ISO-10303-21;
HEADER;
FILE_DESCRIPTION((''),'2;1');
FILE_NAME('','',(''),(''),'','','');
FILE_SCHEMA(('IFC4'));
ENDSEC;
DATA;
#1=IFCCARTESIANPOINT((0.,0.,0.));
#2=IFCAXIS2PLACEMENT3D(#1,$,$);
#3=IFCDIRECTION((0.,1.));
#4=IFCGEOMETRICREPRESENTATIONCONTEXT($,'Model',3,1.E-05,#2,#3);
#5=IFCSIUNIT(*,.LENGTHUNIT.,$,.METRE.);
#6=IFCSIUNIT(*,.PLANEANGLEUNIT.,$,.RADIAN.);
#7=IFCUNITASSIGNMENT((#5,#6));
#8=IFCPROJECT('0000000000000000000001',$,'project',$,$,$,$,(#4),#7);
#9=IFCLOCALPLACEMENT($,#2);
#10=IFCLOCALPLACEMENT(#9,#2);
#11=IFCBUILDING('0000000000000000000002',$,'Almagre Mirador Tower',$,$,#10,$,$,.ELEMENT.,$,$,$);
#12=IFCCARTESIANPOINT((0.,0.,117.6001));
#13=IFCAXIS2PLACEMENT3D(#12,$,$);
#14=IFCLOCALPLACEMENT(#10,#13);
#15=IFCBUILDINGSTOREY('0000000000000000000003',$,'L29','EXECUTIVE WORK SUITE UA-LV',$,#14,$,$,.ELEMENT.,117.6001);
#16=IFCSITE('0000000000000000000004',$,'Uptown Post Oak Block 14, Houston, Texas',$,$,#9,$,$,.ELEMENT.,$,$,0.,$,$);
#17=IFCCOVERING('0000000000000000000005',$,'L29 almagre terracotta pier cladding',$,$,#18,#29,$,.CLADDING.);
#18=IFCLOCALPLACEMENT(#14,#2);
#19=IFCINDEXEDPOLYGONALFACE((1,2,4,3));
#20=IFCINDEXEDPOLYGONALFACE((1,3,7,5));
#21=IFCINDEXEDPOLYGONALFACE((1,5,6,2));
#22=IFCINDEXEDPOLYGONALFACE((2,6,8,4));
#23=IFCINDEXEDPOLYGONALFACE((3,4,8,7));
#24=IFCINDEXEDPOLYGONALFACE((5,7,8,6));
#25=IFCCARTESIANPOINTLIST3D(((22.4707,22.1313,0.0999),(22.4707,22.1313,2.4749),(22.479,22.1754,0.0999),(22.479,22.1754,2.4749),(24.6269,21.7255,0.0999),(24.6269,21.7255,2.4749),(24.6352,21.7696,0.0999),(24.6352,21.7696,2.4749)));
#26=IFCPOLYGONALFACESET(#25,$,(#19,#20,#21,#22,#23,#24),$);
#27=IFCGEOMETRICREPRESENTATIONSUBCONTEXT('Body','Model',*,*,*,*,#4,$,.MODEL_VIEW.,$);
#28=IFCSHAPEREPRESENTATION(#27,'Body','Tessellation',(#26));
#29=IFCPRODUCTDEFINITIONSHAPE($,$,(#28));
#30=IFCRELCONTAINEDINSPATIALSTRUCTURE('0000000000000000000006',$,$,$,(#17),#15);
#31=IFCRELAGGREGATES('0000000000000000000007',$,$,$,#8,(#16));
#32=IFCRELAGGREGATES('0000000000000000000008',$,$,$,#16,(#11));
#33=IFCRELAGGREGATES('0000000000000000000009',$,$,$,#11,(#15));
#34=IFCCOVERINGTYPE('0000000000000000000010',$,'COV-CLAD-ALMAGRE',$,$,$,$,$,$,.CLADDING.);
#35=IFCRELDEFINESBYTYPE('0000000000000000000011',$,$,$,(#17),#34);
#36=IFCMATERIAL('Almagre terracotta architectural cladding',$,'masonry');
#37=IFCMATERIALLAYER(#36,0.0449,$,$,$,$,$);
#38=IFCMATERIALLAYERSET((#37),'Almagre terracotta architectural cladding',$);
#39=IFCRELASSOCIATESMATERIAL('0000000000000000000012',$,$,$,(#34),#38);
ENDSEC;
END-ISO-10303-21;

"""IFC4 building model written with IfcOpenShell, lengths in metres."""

from ifc_helpers import new_model, si_unit, direction, frame, origin, origin_2d, place, context, subcontext, project, spatial, rectangle, extrude, material, layer, layer_set, type_object, element, save


model = new_model("IFC4")

# Units and contexts
model_context = context("Model", 3, precision=1e-05, world=origin(), true_north=direction((0.0, 1.0)))
body_context = subcontext(model_context, "Body", "Model", "MODEL_VIEW")
ifc_project = project(units=[si_unit("LENGTHUNIT", "METRE"), si_unit("PLANEANGLEUNIT", "RADIAN")], contexts=[model_context])

# Site, building, storey
site_placement = place(None, origin())
site = spatial("IfcSite", under=ifc_project, at=site_placement, Name="Uptown Post Oak Block 14, Houston, Texas", CompositionType="ELEMENT", RefElevation=0.0)
building_placement = place(site_placement, origin())
building = spatial("IfcBuilding", under=site, at=building_placement, Name="Almagre Mirador Tower", CompositionType="ELEMENT")
storey_placement = place(building_placement, frame((0.0, 0.0, 117.6001)))
storey = spatial("IfcBuildingStorey", under=building, at=storey_placement, Name="L29", Description="EXECUTIVE WORK SUITE UA-LV", CompositionType="ELEMENT", Elevation=117.6001)

# Covering
ifc_material_1 = material(Name="Almagre terracotta architectural cladding", Category="masonry")
ifc_layer_1 = layer(ifc_material_1, 0.0449)
ifc_layer_set_1 = layer_set([ifc_layer_1], Name="Almagre terracotta architectural cladding")
covering_type = type_object("IfcCoveringType", Name="COV-CLAD-ALMAGRE", PredefinedType="CLADDING", material=ifc_layer_set_1)
covering_placement = place(storey_placement, frame((23.553, 21.9504, 0.0999), z_axis=(0.0, 0.0, 1.0), x_axis=(0.982745, -0.184963, 0.0)))
element("IfcCovering", 1, at=covering_placement, inside=storey, type_object=covering_type, Name="L29 almagre terracotta pier cladding", PredefinedType="CLADDING", context=body_context, shape_type="SweptSolid", body=[
    extrude(rectangle(XDim=2.1941, YDim=0.0449, at=origin_2d()), origin(), (0.0, 0.0, 1.0), 2.375),
])

save(model, "model.ifc")
